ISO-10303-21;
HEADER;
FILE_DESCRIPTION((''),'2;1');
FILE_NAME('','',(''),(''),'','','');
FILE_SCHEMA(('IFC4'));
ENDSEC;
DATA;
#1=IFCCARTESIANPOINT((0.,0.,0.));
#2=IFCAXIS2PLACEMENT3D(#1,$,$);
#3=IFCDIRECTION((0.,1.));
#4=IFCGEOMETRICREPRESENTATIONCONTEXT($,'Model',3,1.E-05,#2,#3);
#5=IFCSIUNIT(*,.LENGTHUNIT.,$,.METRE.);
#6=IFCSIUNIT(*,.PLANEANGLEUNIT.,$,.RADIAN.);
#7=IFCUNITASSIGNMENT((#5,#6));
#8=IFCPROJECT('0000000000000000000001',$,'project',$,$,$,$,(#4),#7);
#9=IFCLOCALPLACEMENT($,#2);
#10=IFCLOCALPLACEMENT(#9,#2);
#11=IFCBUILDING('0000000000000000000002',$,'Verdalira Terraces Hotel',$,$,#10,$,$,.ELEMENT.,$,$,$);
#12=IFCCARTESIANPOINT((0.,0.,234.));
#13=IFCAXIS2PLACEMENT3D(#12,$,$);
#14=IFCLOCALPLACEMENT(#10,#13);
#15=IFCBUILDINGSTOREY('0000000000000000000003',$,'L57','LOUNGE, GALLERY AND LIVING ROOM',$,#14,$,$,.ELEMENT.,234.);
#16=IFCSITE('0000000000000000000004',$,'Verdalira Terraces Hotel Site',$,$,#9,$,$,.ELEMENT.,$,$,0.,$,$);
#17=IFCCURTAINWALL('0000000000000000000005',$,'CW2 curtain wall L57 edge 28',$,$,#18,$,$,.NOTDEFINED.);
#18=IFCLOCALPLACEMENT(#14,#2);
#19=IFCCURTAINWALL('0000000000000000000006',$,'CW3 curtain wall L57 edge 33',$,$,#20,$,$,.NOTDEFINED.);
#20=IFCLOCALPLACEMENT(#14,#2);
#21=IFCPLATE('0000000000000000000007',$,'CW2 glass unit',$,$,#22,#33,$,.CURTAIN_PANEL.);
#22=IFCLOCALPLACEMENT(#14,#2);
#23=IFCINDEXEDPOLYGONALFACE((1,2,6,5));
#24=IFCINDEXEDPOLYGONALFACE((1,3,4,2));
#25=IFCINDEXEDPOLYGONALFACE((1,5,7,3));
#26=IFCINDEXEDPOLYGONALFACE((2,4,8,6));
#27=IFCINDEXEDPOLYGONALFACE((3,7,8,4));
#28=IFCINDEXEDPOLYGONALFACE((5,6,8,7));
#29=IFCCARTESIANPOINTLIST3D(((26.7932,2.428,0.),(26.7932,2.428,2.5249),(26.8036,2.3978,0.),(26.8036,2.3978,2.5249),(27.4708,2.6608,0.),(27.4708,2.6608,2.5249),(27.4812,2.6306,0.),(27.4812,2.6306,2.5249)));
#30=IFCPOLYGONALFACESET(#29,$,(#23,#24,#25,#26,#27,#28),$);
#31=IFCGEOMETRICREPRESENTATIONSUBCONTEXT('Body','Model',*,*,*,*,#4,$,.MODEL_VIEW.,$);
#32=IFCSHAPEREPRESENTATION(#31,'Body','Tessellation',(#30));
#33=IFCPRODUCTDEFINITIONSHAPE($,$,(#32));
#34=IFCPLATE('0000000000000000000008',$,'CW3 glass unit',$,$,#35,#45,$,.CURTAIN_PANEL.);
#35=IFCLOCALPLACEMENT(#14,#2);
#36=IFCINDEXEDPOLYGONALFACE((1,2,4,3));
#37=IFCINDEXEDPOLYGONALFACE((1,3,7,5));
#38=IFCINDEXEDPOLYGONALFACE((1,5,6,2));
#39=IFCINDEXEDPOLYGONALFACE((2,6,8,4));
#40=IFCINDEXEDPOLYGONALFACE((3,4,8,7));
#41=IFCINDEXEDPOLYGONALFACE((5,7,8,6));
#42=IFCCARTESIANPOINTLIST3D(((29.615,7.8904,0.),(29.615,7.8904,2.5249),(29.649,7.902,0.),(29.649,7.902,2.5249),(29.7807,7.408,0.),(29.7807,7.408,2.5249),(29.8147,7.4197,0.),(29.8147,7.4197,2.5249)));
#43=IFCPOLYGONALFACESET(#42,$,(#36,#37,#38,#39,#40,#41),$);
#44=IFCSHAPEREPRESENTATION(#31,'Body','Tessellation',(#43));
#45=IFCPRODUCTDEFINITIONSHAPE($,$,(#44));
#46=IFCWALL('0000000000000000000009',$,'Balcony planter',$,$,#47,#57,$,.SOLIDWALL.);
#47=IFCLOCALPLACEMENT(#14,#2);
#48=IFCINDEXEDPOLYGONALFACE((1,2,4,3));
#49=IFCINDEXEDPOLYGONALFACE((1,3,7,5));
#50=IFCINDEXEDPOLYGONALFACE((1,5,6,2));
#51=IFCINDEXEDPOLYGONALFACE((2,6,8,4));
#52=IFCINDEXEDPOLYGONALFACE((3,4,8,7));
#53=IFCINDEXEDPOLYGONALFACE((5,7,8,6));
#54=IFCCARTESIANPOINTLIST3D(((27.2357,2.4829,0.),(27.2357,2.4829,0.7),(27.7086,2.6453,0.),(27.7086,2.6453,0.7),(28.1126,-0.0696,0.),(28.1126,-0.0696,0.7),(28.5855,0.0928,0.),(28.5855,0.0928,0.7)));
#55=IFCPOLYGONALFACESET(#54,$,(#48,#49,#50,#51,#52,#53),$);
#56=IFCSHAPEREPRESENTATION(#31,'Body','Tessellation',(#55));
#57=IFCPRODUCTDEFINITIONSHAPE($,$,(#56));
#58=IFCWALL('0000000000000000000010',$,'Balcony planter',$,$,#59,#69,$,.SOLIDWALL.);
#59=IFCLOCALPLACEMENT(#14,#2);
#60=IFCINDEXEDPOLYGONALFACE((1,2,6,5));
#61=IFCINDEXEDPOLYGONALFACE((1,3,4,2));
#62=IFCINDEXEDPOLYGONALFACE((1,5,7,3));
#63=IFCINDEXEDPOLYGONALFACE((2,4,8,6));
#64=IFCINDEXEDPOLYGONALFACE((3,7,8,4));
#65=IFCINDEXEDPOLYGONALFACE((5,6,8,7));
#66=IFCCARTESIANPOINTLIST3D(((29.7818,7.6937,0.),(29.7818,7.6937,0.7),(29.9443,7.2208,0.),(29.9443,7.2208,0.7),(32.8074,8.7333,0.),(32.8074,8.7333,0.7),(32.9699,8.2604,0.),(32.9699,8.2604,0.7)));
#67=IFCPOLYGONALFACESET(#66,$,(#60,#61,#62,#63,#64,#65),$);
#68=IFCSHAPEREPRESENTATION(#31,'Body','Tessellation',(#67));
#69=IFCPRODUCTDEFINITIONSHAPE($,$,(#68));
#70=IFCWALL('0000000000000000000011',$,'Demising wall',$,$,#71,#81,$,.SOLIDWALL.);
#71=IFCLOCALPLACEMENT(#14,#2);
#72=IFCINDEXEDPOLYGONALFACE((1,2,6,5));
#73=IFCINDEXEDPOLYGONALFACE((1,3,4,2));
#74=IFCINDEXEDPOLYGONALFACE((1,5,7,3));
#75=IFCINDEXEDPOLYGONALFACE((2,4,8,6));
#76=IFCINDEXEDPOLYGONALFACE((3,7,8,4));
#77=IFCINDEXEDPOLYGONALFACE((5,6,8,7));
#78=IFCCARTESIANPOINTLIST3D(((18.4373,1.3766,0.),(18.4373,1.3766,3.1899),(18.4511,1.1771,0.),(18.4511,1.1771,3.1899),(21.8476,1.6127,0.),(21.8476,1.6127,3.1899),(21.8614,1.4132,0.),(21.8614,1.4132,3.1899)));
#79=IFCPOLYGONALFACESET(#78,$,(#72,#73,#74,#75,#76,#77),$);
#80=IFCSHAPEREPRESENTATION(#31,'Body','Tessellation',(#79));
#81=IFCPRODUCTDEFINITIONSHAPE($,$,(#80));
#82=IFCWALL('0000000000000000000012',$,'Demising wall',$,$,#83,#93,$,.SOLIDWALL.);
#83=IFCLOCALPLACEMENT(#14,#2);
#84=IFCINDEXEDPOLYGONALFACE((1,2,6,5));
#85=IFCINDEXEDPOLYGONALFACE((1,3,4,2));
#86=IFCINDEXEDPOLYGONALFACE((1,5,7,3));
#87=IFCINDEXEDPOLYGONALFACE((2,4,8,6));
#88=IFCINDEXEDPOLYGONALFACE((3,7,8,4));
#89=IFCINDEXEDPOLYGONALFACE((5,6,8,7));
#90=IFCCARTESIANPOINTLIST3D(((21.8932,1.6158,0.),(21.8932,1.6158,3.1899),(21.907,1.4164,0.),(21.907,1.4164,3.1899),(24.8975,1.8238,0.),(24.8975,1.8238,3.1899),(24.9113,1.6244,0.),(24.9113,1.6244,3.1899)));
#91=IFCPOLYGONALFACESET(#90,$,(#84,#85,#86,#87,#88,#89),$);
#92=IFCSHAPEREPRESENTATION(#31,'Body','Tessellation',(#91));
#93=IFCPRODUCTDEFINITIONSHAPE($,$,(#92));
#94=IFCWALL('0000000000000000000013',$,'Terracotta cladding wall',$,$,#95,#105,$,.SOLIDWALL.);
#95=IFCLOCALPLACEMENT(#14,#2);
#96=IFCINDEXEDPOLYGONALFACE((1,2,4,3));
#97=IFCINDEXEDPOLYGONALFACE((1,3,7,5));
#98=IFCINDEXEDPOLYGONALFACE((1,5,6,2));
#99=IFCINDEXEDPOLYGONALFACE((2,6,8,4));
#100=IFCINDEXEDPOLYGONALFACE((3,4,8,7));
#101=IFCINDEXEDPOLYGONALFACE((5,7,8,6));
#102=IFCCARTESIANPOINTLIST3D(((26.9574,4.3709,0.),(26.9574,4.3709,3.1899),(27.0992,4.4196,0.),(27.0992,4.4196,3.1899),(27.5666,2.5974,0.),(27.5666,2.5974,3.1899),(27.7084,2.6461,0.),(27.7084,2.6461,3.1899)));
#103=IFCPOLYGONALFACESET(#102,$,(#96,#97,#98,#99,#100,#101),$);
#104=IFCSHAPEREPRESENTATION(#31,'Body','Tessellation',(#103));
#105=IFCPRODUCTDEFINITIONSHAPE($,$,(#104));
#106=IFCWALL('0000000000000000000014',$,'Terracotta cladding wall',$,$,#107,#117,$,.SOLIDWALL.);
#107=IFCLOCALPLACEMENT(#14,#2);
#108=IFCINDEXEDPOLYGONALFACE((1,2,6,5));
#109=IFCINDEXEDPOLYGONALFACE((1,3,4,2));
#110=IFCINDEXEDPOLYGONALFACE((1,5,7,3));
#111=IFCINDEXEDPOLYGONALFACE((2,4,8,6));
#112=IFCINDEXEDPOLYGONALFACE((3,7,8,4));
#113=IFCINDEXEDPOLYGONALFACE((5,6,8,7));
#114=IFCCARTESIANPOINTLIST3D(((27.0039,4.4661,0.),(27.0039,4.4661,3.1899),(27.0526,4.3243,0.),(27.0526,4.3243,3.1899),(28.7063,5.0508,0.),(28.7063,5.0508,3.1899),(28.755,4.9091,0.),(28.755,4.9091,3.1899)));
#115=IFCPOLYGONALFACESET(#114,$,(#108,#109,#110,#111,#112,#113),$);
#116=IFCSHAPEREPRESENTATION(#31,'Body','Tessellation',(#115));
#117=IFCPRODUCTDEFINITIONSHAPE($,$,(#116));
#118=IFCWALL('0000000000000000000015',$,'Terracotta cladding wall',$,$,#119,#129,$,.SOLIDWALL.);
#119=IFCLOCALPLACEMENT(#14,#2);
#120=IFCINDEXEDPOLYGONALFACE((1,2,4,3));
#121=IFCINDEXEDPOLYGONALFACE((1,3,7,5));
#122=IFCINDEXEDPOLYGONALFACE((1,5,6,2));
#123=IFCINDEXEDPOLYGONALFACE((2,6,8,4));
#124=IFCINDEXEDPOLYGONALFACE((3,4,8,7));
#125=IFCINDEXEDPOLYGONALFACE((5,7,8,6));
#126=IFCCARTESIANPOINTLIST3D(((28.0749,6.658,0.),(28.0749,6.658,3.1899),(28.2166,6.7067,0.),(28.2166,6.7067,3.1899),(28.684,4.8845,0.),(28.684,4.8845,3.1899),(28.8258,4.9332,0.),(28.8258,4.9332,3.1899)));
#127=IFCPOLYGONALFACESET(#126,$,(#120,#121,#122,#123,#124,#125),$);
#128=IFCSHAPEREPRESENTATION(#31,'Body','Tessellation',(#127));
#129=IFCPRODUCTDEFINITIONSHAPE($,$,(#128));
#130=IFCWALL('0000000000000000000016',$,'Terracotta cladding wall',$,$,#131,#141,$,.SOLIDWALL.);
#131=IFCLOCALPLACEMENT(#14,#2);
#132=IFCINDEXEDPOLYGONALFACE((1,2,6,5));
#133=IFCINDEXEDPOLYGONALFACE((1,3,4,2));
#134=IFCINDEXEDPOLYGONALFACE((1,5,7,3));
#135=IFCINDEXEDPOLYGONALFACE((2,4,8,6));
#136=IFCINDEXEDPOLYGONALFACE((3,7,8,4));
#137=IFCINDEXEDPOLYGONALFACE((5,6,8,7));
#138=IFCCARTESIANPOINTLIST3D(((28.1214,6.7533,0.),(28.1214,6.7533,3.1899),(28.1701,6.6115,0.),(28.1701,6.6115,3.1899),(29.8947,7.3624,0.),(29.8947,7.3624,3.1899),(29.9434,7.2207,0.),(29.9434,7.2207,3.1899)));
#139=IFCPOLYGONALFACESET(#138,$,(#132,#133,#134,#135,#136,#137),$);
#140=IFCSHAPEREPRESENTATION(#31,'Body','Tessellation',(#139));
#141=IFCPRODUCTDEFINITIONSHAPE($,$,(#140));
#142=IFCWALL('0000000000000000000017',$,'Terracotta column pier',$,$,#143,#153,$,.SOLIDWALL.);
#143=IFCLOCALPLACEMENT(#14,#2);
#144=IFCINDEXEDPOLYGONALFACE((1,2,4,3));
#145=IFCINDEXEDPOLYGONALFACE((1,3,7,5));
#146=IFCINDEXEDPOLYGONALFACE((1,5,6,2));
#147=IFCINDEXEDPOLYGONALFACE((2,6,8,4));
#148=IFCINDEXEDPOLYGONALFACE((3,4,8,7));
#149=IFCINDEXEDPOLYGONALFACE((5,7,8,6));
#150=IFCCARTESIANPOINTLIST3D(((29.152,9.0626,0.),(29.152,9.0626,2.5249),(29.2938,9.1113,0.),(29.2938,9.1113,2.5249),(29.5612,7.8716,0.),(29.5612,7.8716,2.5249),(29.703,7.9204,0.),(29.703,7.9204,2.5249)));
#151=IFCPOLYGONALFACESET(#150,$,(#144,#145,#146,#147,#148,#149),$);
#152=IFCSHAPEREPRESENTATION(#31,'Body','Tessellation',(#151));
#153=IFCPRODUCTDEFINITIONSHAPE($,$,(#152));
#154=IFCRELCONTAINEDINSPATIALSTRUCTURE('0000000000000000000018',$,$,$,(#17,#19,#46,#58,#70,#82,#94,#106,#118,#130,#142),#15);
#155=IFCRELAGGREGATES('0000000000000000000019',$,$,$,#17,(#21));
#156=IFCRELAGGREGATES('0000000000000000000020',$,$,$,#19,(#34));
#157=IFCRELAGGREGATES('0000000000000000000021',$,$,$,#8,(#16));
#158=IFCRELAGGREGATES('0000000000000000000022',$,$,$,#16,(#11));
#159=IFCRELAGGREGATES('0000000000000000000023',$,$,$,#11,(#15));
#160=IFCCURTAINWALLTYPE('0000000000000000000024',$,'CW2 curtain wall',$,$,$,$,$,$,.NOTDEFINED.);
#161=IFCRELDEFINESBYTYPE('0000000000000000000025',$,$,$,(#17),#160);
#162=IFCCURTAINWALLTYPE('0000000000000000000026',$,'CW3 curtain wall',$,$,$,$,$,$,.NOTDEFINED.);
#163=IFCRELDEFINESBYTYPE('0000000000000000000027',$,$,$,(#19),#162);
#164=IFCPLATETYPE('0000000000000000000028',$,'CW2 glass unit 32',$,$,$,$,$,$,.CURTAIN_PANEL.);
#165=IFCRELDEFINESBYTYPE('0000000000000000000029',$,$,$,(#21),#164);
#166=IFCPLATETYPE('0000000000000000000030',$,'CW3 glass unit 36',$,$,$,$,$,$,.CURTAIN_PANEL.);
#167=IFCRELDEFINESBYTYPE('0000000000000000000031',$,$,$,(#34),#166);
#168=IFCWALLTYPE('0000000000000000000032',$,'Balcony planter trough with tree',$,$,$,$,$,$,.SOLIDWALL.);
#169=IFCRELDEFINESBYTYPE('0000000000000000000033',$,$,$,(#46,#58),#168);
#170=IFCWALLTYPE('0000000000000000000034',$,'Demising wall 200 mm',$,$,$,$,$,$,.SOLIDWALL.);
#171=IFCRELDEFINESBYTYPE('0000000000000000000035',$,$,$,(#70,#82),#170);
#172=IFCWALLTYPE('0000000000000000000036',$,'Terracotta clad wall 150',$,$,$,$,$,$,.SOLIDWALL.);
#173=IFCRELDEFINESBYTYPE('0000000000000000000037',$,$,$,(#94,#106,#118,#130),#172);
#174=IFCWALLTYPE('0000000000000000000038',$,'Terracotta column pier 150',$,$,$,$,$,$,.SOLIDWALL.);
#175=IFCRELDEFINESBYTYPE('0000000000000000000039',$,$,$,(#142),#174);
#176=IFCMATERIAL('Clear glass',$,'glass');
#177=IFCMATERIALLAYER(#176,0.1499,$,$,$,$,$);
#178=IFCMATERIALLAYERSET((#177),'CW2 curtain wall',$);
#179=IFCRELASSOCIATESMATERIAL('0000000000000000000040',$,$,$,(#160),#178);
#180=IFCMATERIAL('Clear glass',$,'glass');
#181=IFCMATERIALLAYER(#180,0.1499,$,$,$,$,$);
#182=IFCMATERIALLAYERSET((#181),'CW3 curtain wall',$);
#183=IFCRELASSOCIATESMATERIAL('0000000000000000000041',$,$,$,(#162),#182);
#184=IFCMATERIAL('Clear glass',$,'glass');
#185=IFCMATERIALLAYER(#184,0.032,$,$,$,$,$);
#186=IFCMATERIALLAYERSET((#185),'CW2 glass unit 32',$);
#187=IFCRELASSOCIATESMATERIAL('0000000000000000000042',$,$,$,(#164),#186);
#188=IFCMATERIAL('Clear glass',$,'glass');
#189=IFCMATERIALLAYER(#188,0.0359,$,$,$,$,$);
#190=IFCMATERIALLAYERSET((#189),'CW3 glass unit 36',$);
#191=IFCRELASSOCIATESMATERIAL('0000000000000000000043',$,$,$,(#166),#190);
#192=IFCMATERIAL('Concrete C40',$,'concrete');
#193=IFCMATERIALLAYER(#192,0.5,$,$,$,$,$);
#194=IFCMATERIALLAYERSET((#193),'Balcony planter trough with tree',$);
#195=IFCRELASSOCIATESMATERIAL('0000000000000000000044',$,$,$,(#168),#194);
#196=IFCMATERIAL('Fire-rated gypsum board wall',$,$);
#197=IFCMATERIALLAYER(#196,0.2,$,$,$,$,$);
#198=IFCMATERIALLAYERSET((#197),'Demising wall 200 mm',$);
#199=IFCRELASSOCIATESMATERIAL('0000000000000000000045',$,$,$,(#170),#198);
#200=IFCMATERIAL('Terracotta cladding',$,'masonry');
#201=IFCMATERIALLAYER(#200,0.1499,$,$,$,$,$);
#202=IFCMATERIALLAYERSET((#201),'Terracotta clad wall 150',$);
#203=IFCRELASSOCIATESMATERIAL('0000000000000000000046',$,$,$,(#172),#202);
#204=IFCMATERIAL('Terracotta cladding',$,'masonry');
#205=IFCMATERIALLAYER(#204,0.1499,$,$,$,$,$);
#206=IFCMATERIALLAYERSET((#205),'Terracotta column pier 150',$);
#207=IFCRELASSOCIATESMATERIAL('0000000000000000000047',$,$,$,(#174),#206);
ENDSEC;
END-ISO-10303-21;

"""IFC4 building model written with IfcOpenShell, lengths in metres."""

from ifc_helpers import new_model, si_unit, direction, frame, frame_2d, origin, origin_2d, place, context, subcontext, project, spatial, rectangle, extrude, material, layer, layer_set, type_object, element, aggregate, save


model = new_model("IFC4")

# Units and contexts
model_context = context("Model", 3, precision=1e-05, world=origin(), true_north=direction((0.0, 1.0)))
body_context = subcontext(model_context, "Body", "Model", "MODEL_VIEW")
ifc_project = project(units=[si_unit("LENGTHUNIT", "METRE"), si_unit("PLANEANGLEUNIT", "RADIAN")], contexts=[model_context])

# Site, building, storey
site_placement = place(None, origin())
site = spatial("IfcSite", under=ifc_project, at=site_placement, Name="Verdalira Terraces Hotel Site", CompositionType="ELEMENT", RefElevation=0.0)
building_placement = place(site_placement, origin())
building = spatial("IfcBuilding", under=site, at=building_placement, Name="Verdalira Terraces Hotel", CompositionType="ELEMENT")
storey_placement = place(building_placement, frame((0.0, 0.0, 234.0)))
storey = spatial("IfcBuildingStorey", under=building, at=storey_placement, Name="L57", Description="LOUNGE, GALLERY AND LIVING ROOM", CompositionType="ELEMENT", Elevation=234.0)

# Curtain walls
ifc_material_1 = material(Name="Clear glass", Category="glass")
ifc_layer_1 = layer(ifc_material_1, 0.1499)
ifc_layer_set_1 = layer_set([ifc_layer_1], Name="CW2 curtain wall")
curtain_wall_type_1 = type_object("IfcCurtainWallType", Name="CW2 curtain wall", PredefinedType="NOTDEFINED", material=ifc_layer_set_1)
curtain_wall_1_placement = place(storey_placement, origin())
curtain_wall_1 = element("IfcCurtainWall", 1, at=curtain_wall_1_placement, inside=storey, type_object=curtain_wall_type_1, Name="CW2 curtain wall L57 edge 28", PredefinedType="NOTDEFINED")
ifc_material_2 = material(Name="Clear glass", Category="glass")
ifc_layer_2 = layer(ifc_material_2, 0.1499)
ifc_layer_set_2 = layer_set([ifc_layer_2], Name="CW3 curtain wall")
curtain_wall_type_2 = type_object("IfcCurtainWallType", Name="CW3 curtain wall", PredefinedType="NOTDEFINED", material=ifc_layer_set_2)
curtain_wall_2_placement = place(storey_placement, origin())
curtain_wall_2 = element("IfcCurtainWall", 2, at=curtain_wall_2_placement, inside=storey, type_object=curtain_wall_type_2, Name="CW3 curtain wall L57 edge 33", PredefinedType="NOTDEFINED")

# Plates
ifc_material_3 = material(Name="Clear glass", Category="glass")
ifc_layer_3 = layer(ifc_material_3, 0.032)
ifc_layer_set_3 = layer_set([ifc_layer_3], Name="CW2 glass unit 32")
plate_type_1 = type_object("IfcPlateType", Name="CW2 glass unit 32", PredefinedType="CURTAIN_PANEL", material=ifc_layer_set_3)
plate_1_placement = place(storey_placement, frame((27.1372, 2.5293, 0.0), z_axis=(0.0, 0.0, 1.0), x_axis=(0.945746, 0.324908, 0.0)))
plate_1 = element("IfcPlate", 3, at=plate_1_placement, type_object=plate_type_1, Name="CW2 glass unit", PredefinedType="CURTAIN_PANEL", context=body_context, shape_type="SweptSolid", body=[
    extrude(rectangle(XDim=0.7166, YDim=0.032, at=origin_2d()), origin(), (0.0, 0.0, 1.0), 2.5249),
])
aggregate(curtain_wall_1, [plate_1])
ifc_material_4 = material(Name="Clear glass", Category="glass")
ifc_layer_4 = layer(ifc_material_4, 0.0359)
ifc_layer_set_4 = layer_set([ifc_layer_4], Name="CW3 glass unit 36")
plate_type_2 = type_object("IfcPlateType", Name="CW3 glass unit 36", PredefinedType="CURTAIN_PANEL", material=ifc_layer_set_4)
plate_2_placement = place(storey_placement, frame((29.7148, 7.655, 0.0), z_axis=(0.0, 0.0, 1.0), x_axis=(-0.324908, 0.945746, 0.0)))
plate_2 = element("IfcPlate", 4, at=plate_2_placement, type_object=plate_type_2, Name="CW3 glass unit", PredefinedType="CURTAIN_PANEL", context=body_context, shape_type="SweptSolid", body=[
    extrude(rectangle(XDim=0.51, YDim=0.0359, at=origin_2d()), origin(), (0.0, 0.0, 1.0), 2.5249),
])
aggregate(curtain_wall_2, [plate_2])

# Walls
ifc_material_5 = material(Name="Concrete C40", Category="concrete")
ifc_layer_5 = layer(ifc_material_5, 0.5)
ifc_layer_set_5 = layer_set([ifc_layer_5], Name="Balcony planter trough with tree")
wall_type_1 = type_object("IfcWallType", Name="Balcony planter trough with tree", PredefinedType="SOLIDWALL", material=ifc_layer_set_5)
wall_1_placement = place(storey_placement, frame((28.3491, 0.0115, 0.0), z_axis=(0.0, 0.0, 1.0), x_axis=(-0.324926, 0.94574, 0.0)))
element("IfcWall", 5, at=wall_1_placement, inside=storey, type_object=wall_type_1, Name="Balcony planter", PredefinedType="SOLIDWALL", context=body_context, shape_type="SweptSolid", body=[
    extrude(rectangle(XDim=2.699, YDim=0.5, at=frame_2d((1.3496, 0.0))), origin(), (0.0, 0.0, 1.0), 0.7),
])
wall_2_placement = place(storey_placement, frame((29.863, 7.4573, 0.0), z_axis=(0.0, 0.0, 1.0), x_axis=(0.945736, 0.324937, 0.0)))
element("IfcWall", 6, at=wall_2_placement, inside=storey, type_object=wall_type_1, Name="Balcony planter", PredefinedType="SOLIDWALL", context=body_context, shape_type="SweptSolid", body=[
    extrude(rectangle(XDim=3.1992, YDim=0.5, at=frame_2d((1.5996, 0.0))), origin(), (0.0, 0.0, 1.0), 0.7),
])
ifc_material_6 = material(Name="Fire-rated gypsum board wall")
ifc_layer_6 = layer(ifc_material_6, 0.2)
ifc_layer_set_6 = layer_set([ifc_layer_6], Name="Demising wall 200 mm")
wall_type_2 = type_object("IfcWallType", Name="Demising wall 200 mm", PredefinedType="SOLIDWALL", material=ifc_layer_set_6)
wall_3_placement = place(storey_placement, frame((21.8545, 1.5129, 0.0), z_axis=(0.0, 0.0, 1.0), x_axis=(-0.997613, -0.069059, 0.0)))
element("IfcWall", 7, at=wall_3_placement, inside=storey, type_object=wall_type_2, Name="Demising wall", PredefinedType="SOLIDWALL", context=body_context, shape_type="SweptSolid", body=[
    extrude(rectangle(XDim=3.4185, YDim=0.2, at=frame_2d((1.7092, 0.0))), origin(), (0.0, 0.0, 1.0), 3.1899),
])
wall_4_placement = place(storey_placement, frame((24.9045, 1.7241, 0.0), z_axis=(0.0, 0.0, 1.0), x_axis=(-0.997612, -0.069069, 0.0)))
element("IfcWall", 8, at=wall_4_placement, inside=storey, type_object=wall_type_2, Name="Demising wall", PredefinedType="SOLIDWALL", context=body_context, shape_type="SweptSolid", body=[
    extrude(rectangle(XDim=3.0115, YDim=0.2, at=frame_2d((1.5059, 0.0))), origin(), (0.0, 0.0, 1.0), 3.1899),
])
ifc_material_7 = material(Name="Terracotta cladding", Category="masonry")
ifc_layer_7 = layer(ifc_material_7, 0.1499)
ifc_layer_set_7 = layer_set([ifc_layer_7], Name="Terracotta clad wall 150")
wall_type_3 = type_object("IfcWallType", Name="Terracotta clad wall 150", PredefinedType="SOLIDWALL", material=ifc_layer_set_7)
wall_5_placement = place(storey_placement, frame((27.6375, 2.6218, 0.0), z_axis=(0.0, 0.0, 1.0), x_axis=(-0.324847, 0.945767, 0.0)))
element("IfcWall", 9, at=wall_5_placement, inside=storey, type_object=wall_type_3, Name="Terracotta cladding wall", PredefinedType="SOLIDWALL", context=body_context, shape_type="SweptSolid", body=[
    extrude(rectangle(XDim=1.8752, YDim=0.1499, at=frame_2d((0.9375, 0.0))), origin(), (0.0, 0.0, 1.0), 3.1899),
])
wall_6_placement = place(storey_placement, frame((27.0283, 4.3953, 0.0), z_axis=(0.0, 0.0, 1.0), x_axis=(0.945769, 0.324841, 0.0)))
element("IfcWall", 10, at=wall_6_placement, inside=storey, type_object=wall_type_3, Name="Terracotta cladding wall", PredefinedType="SOLIDWALL", context=body_context, shape_type="SweptSolid", body=[
    extrude(rectangle(XDim=1.8, YDim=0.1499, at=frame_2d((0.8999, 0.0))), origin(), (0.0, 0.0, 1.0), 3.1899),
])
wall_7_placement = place(storey_placement, frame((28.7549, 4.9089, 0.0), z_axis=(0.0, 0.0, 1.0), x_axis=(-0.324847, 0.945767, 0.0)))
element("IfcWall", 11, at=wall_7_placement, inside=storey, type_object=wall_type_3, Name="Terracotta cladding wall", PredefinedType="SOLIDWALL", context=body_context, shape_type="SweptSolid", body=[
    extrude(rectangle(XDim=1.8752, YDim=0.1499, at=frame_2d((0.9375, 0.0))), origin(), (0.0, 0.0, 1.0), 3.1899),
])
wall_8_placement = place(storey_placement, frame((28.1458, 6.6824, 0.0), z_axis=(0.0, 0.0, 1.0), x_axis=(0.945753, 0.324887, 0.0)))
element("IfcWall", 12, at=wall_8_placement, inside=storey, type_object=wall_type_3, Name="Terracotta cladding wall", PredefinedType="SOLIDWALL", context=body_context, shape_type="SweptSolid", body=[
    extrude(rectangle(XDim=1.875, YDim=0.1499, at=frame_2d((0.9375, 0.0))), origin(), (0.0, 0.0, 1.0), 3.1899),
])
ifc_material_8 = material(Name="Terracotta cladding", Category="masonry")
ifc_layer_8 = layer(ifc_material_8, 0.1499)
ifc_layer_set_8 = layer_set([ifc_layer_8], Name="Terracotta column pier 150")
wall_type_4 = type_object("IfcWallType", Name="Terracotta column pier 150", PredefinedType="SOLIDWALL", material=ifc_layer_set_8)
wall_9_placement = place(storey_placement, frame((29.6321, 7.896, 0.0), z_axis=(0.0, 0.0, 1.0), x_axis=(-0.324939, 0.945735, 0.0)))
element("IfcWall", 13, at=wall_9_placement, inside=storey, type_object=wall_type_4, Name="Terracotta column pier", PredefinedType="SOLIDWALL", context=body_context, shape_type="SweptSolid", body=[
    extrude(rectangle(XDim=1.2593, YDim=0.1499, at=frame_2d((0.6296, 0.0))), origin(), (0.0, 0.0, 1.0), 2.5249),
])

save(model, "model.ifc")
